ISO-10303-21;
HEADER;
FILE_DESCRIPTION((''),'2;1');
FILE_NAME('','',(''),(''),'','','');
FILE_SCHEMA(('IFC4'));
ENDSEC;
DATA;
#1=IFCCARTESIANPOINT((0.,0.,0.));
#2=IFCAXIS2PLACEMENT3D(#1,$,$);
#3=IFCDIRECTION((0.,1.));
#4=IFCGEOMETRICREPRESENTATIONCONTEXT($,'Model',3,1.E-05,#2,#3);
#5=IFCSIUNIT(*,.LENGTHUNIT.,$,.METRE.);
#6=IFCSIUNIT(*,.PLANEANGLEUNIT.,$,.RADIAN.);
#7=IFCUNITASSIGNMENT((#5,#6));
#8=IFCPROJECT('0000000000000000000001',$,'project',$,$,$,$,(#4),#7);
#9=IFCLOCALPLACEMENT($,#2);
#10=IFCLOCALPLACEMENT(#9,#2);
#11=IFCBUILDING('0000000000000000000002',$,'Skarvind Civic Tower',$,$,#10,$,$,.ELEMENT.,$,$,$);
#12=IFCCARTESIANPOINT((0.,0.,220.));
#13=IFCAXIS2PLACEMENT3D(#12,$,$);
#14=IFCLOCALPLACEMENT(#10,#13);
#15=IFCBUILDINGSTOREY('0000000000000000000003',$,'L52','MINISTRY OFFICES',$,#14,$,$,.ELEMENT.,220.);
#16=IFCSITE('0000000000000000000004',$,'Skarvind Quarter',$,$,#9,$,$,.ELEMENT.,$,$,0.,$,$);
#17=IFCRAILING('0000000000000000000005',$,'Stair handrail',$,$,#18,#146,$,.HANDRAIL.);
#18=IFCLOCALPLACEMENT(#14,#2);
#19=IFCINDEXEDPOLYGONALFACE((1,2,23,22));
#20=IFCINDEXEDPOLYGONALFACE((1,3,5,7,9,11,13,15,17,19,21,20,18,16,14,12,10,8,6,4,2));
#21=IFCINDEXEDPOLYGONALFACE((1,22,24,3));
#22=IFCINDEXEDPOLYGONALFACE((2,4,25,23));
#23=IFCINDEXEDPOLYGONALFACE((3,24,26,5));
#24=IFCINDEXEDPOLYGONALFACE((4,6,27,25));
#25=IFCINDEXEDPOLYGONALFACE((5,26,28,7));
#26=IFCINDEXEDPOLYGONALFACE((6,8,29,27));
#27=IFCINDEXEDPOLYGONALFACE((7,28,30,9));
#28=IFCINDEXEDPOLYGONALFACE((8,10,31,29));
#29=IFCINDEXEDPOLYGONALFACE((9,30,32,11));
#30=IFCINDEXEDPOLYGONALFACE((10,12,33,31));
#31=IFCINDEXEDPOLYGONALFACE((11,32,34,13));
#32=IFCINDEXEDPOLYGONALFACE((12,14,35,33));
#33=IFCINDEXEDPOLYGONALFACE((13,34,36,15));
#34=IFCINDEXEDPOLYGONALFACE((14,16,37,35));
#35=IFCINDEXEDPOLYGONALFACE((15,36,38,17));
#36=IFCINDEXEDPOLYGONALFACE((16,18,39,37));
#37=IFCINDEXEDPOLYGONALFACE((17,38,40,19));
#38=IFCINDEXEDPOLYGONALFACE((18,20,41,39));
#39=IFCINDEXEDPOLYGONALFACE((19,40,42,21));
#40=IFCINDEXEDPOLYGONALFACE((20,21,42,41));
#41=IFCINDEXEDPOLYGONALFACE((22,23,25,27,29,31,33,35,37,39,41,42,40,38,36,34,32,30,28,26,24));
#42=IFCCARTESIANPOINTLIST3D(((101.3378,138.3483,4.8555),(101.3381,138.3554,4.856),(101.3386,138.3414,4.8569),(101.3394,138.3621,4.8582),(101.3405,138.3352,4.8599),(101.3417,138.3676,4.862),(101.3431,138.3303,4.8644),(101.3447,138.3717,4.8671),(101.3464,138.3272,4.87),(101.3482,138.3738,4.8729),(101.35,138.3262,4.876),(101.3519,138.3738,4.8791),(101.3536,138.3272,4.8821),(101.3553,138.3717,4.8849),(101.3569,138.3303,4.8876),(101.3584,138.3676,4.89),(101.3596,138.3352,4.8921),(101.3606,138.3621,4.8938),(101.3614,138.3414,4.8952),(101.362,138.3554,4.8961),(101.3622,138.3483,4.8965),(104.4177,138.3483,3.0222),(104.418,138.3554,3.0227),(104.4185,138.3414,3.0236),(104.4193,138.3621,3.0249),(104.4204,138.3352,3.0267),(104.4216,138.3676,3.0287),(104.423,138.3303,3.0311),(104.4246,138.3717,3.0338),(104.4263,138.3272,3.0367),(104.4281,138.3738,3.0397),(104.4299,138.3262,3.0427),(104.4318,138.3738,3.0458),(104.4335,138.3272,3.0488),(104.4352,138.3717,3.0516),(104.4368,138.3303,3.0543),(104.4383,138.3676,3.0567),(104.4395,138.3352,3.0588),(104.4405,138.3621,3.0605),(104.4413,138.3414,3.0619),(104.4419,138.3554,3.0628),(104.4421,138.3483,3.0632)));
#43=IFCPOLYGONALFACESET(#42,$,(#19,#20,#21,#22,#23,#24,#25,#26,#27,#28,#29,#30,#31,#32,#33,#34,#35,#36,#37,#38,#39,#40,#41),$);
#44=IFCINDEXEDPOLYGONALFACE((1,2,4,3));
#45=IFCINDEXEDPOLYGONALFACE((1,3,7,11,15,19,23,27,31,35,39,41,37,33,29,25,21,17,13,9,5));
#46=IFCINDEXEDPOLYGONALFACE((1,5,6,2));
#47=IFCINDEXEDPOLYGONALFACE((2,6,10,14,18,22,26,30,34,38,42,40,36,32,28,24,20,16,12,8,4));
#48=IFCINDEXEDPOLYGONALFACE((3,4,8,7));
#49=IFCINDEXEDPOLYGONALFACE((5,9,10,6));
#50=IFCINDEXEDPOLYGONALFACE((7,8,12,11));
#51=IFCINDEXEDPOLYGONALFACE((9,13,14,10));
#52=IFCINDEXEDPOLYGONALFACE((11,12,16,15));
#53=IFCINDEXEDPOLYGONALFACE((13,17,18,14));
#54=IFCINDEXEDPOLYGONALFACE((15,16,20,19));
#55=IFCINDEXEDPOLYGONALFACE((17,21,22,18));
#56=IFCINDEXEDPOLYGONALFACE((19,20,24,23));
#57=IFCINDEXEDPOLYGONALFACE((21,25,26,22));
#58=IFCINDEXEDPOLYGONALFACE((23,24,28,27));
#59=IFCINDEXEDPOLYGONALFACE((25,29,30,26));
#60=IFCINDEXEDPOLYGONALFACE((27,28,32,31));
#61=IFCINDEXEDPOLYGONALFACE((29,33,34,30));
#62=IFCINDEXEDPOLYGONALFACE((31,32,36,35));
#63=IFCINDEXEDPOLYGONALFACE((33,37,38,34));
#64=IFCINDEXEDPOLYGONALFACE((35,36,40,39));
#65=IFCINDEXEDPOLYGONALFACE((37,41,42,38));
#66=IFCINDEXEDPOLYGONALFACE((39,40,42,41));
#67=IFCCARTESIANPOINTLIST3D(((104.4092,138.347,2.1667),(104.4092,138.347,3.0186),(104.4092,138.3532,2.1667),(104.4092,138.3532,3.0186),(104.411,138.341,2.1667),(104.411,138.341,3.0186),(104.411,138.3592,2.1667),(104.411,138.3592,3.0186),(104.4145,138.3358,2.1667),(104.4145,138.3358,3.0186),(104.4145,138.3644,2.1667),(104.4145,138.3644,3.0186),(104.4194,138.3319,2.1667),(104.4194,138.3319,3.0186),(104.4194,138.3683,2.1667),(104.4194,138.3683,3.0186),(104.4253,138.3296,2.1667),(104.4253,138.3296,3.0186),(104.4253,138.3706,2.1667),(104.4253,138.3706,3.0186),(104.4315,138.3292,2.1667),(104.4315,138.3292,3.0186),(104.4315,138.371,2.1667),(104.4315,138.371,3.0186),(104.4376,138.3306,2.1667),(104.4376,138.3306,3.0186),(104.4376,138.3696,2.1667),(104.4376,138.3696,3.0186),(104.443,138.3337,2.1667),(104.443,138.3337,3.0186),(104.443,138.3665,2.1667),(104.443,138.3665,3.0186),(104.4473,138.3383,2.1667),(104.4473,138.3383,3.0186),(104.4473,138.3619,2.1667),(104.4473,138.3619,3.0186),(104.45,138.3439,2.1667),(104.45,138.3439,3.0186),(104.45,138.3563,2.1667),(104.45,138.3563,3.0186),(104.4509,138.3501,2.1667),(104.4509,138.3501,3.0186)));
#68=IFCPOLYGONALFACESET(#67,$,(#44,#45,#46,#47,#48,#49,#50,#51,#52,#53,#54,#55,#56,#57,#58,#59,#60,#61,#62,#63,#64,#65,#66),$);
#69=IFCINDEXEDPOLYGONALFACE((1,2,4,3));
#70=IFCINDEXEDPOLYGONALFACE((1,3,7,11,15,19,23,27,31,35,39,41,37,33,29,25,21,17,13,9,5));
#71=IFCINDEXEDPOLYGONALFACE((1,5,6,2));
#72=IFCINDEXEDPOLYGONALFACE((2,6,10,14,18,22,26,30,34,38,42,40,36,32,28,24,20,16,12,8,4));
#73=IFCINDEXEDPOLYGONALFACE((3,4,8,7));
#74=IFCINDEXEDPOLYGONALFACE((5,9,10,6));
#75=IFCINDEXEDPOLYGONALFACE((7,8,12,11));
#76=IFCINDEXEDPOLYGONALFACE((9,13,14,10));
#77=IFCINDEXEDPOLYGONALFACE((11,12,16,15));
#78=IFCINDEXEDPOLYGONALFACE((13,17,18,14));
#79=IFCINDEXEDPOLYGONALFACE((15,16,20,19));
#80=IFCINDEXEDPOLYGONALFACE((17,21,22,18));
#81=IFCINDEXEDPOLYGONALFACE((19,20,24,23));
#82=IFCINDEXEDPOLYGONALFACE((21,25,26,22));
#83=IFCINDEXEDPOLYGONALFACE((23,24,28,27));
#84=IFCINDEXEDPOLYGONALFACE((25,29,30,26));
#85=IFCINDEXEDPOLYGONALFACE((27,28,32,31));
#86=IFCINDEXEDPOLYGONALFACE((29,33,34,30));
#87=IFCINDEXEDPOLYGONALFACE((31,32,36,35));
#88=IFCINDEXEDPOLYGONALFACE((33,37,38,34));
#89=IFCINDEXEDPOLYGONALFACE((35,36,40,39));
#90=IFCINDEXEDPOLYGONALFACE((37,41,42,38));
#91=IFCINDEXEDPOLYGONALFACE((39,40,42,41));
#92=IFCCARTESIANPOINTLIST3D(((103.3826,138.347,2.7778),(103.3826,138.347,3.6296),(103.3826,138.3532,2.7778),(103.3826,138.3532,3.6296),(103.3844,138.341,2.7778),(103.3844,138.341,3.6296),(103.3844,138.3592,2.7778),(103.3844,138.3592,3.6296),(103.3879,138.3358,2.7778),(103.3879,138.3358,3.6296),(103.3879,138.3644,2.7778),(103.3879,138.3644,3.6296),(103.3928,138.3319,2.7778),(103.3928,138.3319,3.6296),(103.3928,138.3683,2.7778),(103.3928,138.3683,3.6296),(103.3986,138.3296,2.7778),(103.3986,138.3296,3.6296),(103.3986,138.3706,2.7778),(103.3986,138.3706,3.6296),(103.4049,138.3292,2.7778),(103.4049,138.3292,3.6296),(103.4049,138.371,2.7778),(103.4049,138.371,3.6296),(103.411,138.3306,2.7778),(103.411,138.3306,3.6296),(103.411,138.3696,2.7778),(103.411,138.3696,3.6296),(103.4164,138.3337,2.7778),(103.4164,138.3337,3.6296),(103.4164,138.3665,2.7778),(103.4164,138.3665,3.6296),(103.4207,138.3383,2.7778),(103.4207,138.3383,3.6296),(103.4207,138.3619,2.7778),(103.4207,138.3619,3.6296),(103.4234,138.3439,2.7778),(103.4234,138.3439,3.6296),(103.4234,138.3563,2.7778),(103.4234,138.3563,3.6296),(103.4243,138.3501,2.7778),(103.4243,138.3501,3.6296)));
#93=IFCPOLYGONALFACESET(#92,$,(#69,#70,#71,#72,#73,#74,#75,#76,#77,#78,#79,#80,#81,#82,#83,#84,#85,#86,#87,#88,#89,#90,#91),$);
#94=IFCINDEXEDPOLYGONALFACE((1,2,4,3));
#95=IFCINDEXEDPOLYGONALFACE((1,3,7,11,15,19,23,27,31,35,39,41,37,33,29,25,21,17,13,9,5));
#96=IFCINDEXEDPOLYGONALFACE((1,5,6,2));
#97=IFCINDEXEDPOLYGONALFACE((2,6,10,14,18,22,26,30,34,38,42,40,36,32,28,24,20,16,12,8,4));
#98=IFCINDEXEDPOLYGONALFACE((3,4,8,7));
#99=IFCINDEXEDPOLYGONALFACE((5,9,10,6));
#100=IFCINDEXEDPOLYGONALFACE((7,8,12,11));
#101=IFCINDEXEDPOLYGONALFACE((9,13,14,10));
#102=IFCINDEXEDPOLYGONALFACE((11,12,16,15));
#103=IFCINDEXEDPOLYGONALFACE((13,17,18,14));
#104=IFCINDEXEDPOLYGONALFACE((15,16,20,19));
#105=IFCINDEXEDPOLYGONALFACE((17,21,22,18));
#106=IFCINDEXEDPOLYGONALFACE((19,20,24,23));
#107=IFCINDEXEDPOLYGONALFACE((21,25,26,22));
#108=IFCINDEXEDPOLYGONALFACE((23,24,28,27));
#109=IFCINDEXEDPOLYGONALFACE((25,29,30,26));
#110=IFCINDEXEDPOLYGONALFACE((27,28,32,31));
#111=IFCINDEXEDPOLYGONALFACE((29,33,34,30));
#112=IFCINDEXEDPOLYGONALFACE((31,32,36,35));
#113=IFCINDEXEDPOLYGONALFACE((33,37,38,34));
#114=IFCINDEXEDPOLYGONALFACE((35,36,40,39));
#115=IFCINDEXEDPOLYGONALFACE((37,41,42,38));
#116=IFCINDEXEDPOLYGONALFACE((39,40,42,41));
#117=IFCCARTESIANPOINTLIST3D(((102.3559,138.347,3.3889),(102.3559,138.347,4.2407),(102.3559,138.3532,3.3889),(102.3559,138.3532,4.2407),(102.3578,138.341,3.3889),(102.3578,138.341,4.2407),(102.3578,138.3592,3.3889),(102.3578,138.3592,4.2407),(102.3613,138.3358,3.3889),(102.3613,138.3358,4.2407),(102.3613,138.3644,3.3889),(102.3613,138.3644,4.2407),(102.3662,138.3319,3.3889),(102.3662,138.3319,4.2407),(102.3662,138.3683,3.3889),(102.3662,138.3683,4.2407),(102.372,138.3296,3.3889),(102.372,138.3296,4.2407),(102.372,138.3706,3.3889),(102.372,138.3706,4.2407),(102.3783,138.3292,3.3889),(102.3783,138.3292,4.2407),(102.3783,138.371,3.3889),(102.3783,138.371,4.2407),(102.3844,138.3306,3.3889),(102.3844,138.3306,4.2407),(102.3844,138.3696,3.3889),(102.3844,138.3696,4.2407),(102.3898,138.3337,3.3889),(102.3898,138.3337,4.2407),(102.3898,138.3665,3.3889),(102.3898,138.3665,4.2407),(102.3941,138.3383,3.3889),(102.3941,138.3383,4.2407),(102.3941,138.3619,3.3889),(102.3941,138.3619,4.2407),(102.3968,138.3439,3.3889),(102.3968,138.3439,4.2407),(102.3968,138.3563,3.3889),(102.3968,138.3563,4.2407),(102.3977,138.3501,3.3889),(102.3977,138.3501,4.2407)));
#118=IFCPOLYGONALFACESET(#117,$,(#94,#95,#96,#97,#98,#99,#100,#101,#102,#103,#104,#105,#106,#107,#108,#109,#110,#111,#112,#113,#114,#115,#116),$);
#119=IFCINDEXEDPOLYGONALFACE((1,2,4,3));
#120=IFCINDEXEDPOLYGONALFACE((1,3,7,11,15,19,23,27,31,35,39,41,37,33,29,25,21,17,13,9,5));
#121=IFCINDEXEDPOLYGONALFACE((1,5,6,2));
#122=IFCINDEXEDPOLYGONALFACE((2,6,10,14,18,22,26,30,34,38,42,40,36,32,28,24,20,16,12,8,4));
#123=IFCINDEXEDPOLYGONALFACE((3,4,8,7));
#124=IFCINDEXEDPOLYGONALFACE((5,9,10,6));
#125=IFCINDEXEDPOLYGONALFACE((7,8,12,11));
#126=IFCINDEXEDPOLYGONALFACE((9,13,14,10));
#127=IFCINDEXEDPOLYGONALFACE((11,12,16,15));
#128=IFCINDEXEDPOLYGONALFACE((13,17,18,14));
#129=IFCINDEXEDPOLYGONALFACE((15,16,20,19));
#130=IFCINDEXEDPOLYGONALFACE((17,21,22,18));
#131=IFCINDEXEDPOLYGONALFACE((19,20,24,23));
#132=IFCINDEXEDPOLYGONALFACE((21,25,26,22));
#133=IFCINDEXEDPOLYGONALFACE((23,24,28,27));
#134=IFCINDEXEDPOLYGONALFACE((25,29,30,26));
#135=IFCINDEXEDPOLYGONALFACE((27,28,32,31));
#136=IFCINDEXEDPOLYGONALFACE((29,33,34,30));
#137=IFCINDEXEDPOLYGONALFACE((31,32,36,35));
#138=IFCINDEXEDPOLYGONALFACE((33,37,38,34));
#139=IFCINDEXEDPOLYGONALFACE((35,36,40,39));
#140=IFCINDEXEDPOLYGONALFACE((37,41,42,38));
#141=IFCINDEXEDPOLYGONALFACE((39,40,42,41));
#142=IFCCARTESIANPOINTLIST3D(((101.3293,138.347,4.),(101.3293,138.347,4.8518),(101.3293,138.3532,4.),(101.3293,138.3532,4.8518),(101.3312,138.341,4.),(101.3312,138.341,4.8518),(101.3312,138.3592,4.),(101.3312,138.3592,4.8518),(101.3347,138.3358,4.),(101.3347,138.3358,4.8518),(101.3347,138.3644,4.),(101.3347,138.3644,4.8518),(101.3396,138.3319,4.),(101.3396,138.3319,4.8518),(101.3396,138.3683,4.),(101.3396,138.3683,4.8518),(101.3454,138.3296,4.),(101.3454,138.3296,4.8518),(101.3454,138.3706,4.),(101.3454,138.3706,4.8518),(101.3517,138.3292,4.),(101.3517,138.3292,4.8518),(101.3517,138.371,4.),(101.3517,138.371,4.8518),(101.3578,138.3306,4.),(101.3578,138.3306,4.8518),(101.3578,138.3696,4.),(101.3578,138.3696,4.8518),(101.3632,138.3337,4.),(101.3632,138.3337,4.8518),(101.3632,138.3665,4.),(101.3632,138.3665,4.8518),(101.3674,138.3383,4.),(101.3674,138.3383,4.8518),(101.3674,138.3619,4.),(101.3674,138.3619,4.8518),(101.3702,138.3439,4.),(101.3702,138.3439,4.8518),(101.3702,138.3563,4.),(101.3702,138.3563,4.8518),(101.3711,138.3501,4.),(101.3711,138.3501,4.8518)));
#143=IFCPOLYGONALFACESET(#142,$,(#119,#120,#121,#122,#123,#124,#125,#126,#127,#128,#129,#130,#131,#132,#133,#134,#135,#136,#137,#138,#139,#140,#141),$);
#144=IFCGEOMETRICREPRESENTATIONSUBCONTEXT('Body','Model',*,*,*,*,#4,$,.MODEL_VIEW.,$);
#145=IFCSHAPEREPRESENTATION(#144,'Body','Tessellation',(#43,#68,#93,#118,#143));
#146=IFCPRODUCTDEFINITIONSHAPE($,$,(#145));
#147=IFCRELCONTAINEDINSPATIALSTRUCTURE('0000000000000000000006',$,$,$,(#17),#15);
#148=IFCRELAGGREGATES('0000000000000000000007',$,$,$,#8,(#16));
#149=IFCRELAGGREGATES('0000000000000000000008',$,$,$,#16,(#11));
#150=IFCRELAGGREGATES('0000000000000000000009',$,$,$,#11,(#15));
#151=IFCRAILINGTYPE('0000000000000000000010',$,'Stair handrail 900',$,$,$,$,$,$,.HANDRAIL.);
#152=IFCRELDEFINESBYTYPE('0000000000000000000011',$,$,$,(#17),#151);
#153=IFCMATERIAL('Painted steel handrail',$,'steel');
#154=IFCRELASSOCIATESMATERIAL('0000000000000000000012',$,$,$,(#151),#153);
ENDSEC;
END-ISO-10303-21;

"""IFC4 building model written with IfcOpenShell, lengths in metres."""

from ifc_helpers import new_model, si_unit, direction, frame, origin, origin_2d, place, context, subcontext, project, spatial, circle, extrude, material, type_object, element, save


model = new_model("IFC4")

# Units and contexts
model_context = context("Model", 3, precision=1e-05, world=origin(), true_north=direction((0.0, 1.0)))
body_context = subcontext(model_context, "Body", "Model", "MODEL_VIEW")
ifc_project = project(units=[si_unit("LENGTHUNIT", "METRE"), si_unit("PLANEANGLEUNIT", "RADIAN")], contexts=[model_context])

# Site, building, storey
site_placement = place(None, origin())
site = spatial("IfcSite", under=ifc_project, at=site_placement, Name="Skarvind Quarter", CompositionType="ELEMENT", RefElevation=0.0)
building_placement = place(site_placement, origin())
building = spatial("IfcBuilding", under=site, at=building_placement, Name="Skarvind Civic Tower", CompositionType="ELEMENT")
storey_placement = place(building_placement, frame((0.0, 0.0, 220.0)))
storey = spatial("IfcBuildingStorey", under=building, at=storey_placement, Name="L52", Description="MINISTRY OFFICES", CompositionType="ELEMENT", Elevation=220.0)

# Railing
ifc_material_1 = material(Name="Painted steel handrail", Category="steel")
railing_type = type_object("IfcRailingType", Name="Stair handrail 900", PredefinedType="HANDRAIL", material=ifc_material_1)
railing_1_placement = place(storey_placement, frame((104.4299, 138.3501, 2.1667)))
element("IfcRailing", 1, at=railing_1_placement, inside=storey, type_object=railing_type, Name="Stair handrail", PredefinedType="HANDRAIL", context=body_context, shape_type="SweptSolid", body=[
    extrude(circle(Radius=0.0239, at=origin_2d()), frame((0.0, 0.0, 0.876), z_axis=(-0.859291, 0.0, 0.511487), x_axis=(0.0, -1.0, 0.0)), (0.0, 0.0, 1.0), 3.5842),
    extrude(circle(Radius=0.021, at=origin_2d()), origin(), (0.0, 0.0, 1.0), 0.8518),
    extrude(circle(Radius=0.021, at=origin_2d()), frame((-1.0266, 0.0, 0.6111)), (0.0, 0.0, 1.0), 0.8518),
    extrude(circle(Radius=0.021, at=origin_2d()), frame((-2.0532, 0.0, 1.2222)), (0.0, 0.0, 1.0), 0.8518),
    extrude(circle(Radius=0.021, at=origin_2d()), frame((-3.0798, 0.0, 1.8333)), (0.0, 0.0, 1.0), 0.8518),
])

save(model, "model.ifc")
